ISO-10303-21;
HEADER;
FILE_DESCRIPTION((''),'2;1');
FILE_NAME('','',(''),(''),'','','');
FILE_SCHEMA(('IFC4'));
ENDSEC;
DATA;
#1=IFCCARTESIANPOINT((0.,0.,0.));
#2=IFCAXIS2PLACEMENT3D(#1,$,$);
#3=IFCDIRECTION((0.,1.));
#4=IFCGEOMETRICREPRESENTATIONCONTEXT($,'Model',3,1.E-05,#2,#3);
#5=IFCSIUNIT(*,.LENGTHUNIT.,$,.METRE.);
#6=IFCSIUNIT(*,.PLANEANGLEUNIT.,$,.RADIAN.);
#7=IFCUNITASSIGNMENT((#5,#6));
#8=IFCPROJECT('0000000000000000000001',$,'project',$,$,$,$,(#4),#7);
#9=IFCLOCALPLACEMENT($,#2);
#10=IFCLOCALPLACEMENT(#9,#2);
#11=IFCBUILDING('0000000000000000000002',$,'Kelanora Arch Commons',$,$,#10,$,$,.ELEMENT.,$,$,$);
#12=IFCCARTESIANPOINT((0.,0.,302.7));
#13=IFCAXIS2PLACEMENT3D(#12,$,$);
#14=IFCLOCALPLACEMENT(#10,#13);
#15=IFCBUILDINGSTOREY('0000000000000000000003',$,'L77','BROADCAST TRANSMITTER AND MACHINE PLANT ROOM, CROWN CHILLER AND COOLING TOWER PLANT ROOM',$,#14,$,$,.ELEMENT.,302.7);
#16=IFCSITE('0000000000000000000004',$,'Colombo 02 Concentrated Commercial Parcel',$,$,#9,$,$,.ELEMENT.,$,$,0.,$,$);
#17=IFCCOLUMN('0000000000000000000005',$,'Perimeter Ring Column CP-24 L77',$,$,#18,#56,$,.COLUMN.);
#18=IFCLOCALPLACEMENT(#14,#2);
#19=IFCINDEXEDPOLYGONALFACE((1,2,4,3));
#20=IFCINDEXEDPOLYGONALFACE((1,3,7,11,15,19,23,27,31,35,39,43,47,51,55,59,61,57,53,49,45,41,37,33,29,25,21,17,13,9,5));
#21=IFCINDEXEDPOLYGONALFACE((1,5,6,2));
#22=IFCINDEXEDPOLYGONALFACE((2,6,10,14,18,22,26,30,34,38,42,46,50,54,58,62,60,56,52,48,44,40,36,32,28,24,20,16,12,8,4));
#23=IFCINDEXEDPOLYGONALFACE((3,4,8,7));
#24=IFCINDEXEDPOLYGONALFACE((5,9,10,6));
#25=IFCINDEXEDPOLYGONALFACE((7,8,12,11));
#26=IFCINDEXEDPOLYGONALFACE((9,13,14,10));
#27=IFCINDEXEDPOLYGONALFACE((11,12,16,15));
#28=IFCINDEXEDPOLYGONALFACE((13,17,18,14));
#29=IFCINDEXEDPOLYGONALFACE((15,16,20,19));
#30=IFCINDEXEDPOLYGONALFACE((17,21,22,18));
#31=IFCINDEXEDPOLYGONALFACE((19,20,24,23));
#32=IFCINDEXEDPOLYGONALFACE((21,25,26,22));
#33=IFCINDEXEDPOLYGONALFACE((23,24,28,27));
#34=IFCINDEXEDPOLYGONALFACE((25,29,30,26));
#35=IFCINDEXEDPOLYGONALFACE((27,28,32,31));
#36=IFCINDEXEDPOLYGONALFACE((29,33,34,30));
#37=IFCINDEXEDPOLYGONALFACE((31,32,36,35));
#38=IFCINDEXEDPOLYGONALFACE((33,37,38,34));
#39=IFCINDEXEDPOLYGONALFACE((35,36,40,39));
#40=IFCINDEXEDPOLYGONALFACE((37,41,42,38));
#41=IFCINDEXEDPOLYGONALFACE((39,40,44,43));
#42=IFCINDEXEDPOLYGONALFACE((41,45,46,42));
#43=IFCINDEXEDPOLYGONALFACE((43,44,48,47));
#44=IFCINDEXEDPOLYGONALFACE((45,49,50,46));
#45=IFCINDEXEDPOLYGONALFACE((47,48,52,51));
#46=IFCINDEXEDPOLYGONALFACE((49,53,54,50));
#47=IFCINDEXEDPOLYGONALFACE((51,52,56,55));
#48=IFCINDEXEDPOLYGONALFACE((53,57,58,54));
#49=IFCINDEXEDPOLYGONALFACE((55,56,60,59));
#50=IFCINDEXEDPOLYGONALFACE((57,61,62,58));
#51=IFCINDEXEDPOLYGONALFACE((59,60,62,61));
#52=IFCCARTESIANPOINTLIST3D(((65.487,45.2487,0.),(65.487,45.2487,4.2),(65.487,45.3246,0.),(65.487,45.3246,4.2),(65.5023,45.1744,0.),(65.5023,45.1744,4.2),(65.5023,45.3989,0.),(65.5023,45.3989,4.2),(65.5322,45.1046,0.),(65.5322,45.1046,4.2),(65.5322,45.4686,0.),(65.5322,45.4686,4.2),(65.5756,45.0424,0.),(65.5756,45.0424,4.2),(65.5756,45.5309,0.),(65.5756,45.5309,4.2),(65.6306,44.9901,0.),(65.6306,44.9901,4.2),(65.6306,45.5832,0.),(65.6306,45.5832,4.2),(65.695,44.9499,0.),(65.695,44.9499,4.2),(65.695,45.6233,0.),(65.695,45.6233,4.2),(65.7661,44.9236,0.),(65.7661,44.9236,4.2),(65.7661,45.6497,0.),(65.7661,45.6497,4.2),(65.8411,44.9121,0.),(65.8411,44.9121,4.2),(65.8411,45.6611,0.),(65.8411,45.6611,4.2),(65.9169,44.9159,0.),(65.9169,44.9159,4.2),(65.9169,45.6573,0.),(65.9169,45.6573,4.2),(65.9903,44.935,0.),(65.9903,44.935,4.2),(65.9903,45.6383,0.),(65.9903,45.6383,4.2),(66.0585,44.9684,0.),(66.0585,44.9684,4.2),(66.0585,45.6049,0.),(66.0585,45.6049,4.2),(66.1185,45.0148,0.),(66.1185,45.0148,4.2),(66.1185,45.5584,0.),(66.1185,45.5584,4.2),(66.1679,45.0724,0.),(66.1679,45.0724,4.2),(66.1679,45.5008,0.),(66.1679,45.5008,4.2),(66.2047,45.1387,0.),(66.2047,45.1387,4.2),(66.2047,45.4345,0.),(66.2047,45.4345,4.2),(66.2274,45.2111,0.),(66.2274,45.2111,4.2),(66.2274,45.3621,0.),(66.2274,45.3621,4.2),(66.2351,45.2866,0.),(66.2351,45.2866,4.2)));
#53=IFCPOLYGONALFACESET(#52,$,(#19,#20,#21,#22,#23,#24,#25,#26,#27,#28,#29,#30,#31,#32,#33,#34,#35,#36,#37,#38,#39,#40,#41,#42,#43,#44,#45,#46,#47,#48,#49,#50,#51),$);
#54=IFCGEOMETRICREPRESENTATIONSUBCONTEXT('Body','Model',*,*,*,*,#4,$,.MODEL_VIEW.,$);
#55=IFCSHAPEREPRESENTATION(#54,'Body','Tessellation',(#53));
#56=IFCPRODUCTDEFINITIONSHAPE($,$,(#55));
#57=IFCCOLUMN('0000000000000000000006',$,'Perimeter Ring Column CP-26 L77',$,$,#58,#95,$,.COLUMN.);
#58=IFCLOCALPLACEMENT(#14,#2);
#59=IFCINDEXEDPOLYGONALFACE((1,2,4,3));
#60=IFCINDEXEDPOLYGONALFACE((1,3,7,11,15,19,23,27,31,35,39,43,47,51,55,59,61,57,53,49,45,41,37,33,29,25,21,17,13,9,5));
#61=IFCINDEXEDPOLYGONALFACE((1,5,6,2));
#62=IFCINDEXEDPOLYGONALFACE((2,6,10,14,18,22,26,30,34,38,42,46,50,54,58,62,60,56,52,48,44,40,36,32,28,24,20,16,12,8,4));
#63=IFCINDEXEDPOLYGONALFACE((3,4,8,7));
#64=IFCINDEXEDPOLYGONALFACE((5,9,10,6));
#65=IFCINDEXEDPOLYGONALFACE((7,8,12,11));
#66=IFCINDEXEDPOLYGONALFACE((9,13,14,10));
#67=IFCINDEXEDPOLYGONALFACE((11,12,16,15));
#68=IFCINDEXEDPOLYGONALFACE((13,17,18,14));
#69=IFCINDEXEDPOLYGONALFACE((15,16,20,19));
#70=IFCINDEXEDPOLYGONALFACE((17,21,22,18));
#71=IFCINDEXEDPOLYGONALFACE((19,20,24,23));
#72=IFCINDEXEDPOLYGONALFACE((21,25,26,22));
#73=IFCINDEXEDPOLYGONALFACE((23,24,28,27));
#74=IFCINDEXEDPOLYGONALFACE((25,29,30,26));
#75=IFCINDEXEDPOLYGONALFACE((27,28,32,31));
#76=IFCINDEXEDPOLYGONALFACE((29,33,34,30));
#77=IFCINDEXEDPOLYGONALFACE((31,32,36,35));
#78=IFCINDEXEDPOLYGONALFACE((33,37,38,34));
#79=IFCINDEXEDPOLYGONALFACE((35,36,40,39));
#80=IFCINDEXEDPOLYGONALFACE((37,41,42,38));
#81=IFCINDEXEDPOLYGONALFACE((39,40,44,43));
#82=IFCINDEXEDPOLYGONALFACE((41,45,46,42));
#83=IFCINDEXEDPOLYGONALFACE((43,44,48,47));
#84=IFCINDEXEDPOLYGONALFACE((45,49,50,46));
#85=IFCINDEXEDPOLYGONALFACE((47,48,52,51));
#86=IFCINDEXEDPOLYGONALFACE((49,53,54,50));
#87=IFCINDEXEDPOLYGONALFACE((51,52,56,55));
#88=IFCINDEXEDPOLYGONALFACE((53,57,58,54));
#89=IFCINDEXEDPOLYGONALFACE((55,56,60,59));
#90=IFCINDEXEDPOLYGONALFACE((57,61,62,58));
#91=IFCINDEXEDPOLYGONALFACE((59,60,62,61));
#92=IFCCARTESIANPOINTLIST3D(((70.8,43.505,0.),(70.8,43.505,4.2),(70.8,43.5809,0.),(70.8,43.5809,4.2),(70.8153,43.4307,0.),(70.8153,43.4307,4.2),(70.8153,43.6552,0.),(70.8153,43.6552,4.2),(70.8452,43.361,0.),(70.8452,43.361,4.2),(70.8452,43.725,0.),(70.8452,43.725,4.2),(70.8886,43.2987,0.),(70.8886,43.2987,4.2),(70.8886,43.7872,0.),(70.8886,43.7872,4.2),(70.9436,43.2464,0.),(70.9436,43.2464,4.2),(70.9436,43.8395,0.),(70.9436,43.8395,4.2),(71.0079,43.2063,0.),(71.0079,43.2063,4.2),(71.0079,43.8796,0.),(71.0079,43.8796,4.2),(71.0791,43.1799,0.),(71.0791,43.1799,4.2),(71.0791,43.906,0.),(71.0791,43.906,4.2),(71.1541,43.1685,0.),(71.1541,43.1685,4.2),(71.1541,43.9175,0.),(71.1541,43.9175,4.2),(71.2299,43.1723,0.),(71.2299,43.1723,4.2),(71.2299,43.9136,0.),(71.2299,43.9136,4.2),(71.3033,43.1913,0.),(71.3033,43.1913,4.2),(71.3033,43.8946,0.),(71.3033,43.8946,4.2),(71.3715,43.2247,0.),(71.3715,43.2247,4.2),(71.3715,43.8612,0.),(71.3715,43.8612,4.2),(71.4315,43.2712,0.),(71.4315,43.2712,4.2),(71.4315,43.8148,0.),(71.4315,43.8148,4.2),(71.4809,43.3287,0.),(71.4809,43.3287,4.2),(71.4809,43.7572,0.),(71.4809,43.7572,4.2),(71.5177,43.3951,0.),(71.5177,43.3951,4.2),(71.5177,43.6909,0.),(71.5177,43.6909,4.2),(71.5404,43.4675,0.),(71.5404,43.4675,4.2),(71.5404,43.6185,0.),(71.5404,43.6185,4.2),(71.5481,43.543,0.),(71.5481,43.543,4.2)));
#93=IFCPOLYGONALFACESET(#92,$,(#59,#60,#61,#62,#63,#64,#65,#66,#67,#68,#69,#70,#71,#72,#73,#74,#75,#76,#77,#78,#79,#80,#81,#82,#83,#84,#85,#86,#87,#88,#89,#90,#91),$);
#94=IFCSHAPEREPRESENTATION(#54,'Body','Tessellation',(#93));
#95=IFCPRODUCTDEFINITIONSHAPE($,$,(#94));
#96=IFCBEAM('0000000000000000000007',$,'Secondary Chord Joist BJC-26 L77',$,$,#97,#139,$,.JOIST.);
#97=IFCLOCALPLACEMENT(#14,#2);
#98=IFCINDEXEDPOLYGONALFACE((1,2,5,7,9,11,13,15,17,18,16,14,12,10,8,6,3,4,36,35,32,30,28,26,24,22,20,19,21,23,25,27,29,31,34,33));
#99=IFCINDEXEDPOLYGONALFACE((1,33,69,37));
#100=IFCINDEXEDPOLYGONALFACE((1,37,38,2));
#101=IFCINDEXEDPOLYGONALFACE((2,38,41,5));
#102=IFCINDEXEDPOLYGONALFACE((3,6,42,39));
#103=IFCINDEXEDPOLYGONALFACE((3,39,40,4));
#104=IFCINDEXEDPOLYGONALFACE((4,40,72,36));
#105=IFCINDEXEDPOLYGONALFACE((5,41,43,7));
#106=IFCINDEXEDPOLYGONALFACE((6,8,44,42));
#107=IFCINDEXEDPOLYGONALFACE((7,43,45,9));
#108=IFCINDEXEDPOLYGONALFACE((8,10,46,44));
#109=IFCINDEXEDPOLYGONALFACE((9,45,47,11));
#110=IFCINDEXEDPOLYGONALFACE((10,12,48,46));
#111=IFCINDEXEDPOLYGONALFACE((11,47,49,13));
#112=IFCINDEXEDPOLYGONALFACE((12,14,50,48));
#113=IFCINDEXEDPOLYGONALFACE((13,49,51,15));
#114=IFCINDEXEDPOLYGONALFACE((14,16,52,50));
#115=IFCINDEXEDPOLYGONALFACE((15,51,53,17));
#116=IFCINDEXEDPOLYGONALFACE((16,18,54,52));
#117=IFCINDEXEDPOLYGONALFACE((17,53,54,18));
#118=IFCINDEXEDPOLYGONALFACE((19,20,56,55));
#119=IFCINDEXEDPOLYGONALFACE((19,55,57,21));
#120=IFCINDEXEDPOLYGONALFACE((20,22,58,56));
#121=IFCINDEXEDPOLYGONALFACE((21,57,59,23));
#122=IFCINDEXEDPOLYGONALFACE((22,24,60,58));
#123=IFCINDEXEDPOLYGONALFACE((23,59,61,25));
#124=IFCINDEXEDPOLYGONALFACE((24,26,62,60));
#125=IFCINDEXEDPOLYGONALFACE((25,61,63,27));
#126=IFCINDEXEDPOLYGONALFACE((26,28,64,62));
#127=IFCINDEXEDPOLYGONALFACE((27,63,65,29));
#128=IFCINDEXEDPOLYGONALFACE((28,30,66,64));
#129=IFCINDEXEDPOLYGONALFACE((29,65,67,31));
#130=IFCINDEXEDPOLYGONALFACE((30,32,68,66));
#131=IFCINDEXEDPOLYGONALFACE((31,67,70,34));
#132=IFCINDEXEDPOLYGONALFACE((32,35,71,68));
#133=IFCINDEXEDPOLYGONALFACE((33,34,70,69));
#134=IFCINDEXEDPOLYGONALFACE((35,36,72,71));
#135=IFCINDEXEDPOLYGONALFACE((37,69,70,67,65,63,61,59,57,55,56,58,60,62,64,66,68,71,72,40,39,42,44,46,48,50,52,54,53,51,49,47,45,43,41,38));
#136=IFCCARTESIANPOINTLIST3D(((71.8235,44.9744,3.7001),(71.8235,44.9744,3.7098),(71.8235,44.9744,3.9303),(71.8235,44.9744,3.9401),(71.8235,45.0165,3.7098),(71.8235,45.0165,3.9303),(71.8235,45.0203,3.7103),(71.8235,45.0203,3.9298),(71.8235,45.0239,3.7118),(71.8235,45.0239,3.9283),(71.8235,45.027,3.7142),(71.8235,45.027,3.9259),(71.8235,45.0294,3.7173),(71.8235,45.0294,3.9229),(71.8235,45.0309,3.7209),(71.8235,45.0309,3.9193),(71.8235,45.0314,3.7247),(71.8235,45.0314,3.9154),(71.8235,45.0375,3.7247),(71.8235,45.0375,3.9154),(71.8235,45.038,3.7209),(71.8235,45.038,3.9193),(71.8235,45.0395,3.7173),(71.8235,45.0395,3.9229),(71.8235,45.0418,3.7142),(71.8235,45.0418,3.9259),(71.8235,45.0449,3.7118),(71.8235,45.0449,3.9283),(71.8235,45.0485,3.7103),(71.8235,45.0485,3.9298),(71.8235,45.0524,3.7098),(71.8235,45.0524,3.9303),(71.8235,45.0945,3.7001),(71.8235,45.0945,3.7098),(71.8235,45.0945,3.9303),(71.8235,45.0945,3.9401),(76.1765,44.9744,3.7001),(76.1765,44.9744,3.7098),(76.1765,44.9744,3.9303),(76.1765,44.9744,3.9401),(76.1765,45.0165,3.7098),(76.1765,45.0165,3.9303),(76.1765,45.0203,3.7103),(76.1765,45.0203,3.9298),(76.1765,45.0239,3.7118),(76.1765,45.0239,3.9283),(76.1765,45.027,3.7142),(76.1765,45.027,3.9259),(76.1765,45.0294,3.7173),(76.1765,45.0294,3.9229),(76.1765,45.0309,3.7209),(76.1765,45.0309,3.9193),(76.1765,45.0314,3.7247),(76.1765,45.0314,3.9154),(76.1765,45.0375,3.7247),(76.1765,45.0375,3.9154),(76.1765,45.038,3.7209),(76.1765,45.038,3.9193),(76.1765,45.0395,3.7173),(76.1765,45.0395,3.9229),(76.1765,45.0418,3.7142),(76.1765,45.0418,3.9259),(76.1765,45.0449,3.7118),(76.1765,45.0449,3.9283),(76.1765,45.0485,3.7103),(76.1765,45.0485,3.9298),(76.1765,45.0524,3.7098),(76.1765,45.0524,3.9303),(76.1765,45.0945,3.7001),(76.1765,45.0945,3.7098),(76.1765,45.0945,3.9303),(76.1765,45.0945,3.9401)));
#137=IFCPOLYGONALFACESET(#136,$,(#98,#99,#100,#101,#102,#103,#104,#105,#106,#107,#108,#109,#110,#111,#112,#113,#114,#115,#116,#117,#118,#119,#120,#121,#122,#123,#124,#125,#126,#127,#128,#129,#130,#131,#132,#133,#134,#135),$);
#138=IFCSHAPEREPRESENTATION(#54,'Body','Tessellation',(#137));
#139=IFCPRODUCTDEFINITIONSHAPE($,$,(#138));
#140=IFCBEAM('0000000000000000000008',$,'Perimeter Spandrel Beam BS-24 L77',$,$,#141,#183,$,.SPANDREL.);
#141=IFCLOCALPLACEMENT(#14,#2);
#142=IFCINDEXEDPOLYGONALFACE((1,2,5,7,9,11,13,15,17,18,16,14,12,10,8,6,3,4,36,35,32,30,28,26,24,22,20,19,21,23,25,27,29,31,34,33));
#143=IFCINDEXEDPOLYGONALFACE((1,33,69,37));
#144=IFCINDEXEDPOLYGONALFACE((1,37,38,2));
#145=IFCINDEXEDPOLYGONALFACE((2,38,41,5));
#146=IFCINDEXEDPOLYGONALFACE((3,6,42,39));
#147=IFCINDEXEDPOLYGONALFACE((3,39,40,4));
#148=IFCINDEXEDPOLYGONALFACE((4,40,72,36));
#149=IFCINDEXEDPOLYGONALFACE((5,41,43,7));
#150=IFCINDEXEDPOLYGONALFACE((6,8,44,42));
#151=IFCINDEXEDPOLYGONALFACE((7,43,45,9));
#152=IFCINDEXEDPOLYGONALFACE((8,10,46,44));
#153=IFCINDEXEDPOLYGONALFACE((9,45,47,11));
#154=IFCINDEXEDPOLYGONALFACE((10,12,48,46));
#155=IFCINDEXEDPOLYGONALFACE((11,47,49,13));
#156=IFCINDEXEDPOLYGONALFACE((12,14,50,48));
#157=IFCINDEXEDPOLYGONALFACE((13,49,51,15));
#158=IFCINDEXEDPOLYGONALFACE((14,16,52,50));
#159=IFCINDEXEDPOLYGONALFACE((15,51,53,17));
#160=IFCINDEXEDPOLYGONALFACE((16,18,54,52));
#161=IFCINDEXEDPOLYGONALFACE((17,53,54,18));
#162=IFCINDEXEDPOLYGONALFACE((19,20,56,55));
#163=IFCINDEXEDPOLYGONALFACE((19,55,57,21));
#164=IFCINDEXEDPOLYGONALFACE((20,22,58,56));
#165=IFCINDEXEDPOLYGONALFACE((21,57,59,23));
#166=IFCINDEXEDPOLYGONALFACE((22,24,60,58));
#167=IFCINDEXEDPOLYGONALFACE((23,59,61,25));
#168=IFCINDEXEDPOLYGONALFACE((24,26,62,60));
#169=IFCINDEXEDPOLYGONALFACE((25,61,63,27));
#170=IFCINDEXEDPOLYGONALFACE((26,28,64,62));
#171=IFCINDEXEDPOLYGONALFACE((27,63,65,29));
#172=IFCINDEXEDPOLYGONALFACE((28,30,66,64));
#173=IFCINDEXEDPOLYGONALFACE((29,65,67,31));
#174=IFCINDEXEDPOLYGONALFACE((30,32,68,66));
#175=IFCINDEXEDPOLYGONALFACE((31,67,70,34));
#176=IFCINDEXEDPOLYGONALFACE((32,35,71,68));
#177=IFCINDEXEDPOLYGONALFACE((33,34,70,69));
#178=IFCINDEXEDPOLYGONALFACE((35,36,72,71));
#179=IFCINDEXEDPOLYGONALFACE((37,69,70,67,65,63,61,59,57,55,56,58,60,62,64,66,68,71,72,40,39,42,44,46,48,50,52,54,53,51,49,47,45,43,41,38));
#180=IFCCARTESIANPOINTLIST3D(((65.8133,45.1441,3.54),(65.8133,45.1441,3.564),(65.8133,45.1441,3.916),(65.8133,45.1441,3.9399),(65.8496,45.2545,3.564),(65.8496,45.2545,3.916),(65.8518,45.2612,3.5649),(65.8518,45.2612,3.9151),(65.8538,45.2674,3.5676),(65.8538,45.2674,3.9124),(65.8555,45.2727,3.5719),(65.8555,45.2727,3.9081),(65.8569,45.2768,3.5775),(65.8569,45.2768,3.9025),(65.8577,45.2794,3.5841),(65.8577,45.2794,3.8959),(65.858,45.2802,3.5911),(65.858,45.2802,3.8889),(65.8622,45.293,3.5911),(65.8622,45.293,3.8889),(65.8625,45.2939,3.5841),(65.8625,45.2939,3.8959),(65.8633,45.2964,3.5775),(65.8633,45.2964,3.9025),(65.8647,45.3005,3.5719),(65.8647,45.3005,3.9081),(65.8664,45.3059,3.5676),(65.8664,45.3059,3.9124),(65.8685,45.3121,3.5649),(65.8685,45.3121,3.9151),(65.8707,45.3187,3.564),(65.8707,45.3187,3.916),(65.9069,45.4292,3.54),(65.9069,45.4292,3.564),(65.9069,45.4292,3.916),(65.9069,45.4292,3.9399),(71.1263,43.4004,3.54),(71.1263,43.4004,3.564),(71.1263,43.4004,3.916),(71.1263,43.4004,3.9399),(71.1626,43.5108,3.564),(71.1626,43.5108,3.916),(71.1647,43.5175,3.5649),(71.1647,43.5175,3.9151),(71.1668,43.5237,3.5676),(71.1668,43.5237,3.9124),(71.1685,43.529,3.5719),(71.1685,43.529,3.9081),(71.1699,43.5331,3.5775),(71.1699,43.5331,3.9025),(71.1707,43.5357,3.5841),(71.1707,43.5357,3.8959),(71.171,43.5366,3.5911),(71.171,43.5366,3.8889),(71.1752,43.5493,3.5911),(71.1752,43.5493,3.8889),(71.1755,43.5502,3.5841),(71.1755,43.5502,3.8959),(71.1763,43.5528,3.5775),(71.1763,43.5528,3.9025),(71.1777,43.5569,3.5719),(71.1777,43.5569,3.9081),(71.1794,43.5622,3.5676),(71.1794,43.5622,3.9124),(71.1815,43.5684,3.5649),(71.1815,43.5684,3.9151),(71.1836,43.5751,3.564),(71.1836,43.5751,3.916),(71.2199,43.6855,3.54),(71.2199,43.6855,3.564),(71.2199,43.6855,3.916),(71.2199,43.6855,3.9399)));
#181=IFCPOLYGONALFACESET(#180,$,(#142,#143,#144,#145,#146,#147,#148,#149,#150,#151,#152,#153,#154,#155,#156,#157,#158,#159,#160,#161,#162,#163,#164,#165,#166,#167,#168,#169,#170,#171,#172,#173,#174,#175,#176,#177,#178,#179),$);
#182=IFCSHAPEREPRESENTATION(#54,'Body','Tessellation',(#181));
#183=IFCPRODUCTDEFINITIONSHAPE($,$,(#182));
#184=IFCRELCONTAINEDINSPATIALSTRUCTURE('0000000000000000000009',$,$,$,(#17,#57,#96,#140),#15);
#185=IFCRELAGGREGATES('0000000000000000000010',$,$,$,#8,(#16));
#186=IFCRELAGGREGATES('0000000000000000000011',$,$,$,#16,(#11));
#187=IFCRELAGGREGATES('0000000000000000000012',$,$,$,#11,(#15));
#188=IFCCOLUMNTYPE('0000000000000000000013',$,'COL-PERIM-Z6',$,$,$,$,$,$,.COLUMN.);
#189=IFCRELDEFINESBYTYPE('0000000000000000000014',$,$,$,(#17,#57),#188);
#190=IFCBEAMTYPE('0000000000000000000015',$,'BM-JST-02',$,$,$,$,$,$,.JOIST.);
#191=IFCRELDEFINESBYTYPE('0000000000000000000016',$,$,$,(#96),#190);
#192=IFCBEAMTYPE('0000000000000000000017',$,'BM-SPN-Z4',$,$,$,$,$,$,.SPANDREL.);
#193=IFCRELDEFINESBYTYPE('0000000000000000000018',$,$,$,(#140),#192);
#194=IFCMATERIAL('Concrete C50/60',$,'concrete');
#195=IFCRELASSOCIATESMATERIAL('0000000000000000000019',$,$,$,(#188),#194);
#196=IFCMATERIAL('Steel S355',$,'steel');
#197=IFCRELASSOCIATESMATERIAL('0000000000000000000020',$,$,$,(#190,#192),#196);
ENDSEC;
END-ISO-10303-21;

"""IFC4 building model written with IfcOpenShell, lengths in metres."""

from ifc_helpers import new_model, si_unit, direction, frame, origin, origin_2d, place, context, subcontext, project, spatial, circle, i_section, extrude, material, material_profile, profile_set, type_object, element, save


model = new_model("IFC4")

# Units and contexts
model_context = context("Model", 3, precision=1e-05, world=origin(), true_north=direction((0.0, 1.0)))
body_context = subcontext(model_context, "Body", "Model", "MODEL_VIEW")
ifc_project = project(units=[si_unit("LENGTHUNIT", "METRE"), si_unit("PLANEANGLEUNIT", "RADIAN")], contexts=[model_context])

# Site, building, storey
site_placement = place(None, origin())
site = spatial("IfcSite", under=ifc_project, at=site_placement, Name="Colombo 02 Concentrated Commercial Parcel", CompositionType="ELEMENT", RefElevation=0.0)
building_placement = place(site_placement, origin())
building = spatial("IfcBuilding", under=site, at=building_placement, Name="Kelanora Arch Commons", CompositionType="ELEMENT")
storey_placement = place(building_placement, frame((0.0, 0.0, 302.7)))
storey = spatial("IfcBuildingStorey", under=building, at=storey_placement, Name="L77", Description="BROADCAST TRANSMITTER AND MACHINE PLANT ROOM, CROWN CHILLER AND COOLING TOWER PLANT ROOM", CompositionType="ELEMENT", Elevation=302.7)

# Columns
ifc_material_1 = material(Name="Concrete C50/60", Category="concrete")
ifc_material_profile_1 = material_profile(ifc_material_1, circle(Radius=0.375, at=origin_2d()), Name="RCC750")
ifc_profile_set_1 = profile_set([ifc_material_profile_1], Name="Concrete C50/60")
column_type = type_object("IfcColumnType", Name="COL-PERIM-Z6", PredefinedType="COLUMN", material=ifc_profile_set_1)
for number, where, z_axis, x_axis, name in (
    (1, (65.8601, 45.2866, 0.0), (0.0, 0.0, 1.0), (1.0, 0.0, 0.0), "Perimeter Ring Column CP-24 L77"),
    (2, (71.1731, 43.543, 0.0), (0.0, 0.0, 1.0), (1.0, 0.0, 0.0), "Perimeter Ring Column CP-26 L77"),
):
    element("IfcColumn", number, at=place(storey_placement, frame(where, z_axis=z_axis, x_axis=x_axis)), inside=storey, type_object=column_type, Name=name, PredefinedType="COLUMN", context=body_context, shape_type="SweptSolid", body=[
        extrude(circle(Radius=0.375, at=origin_2d()), origin(), (0.0, 0.0, 1.0), 4.2),
    ])

# Beams
ifc_material_2 = material(Name="Steel S355", Category="steel")
ifc_material_profile_2 = material_profile(ifc_material_2, i_section(OverallWidth=0.1201, OverallDepth=0.24, WebThickness=0.0061, FlangeThickness=0.0098, FilletRadius=0.0149, at=origin_2d()), Name="IPE240")
ifc_profile_set_2 = profile_set([ifc_material_profile_2], Name="Steel S355")
beam_type_1 = type_object("IfcBeamType", Name="BM-JST-02", PredefinedType="JOIST", material=ifc_profile_set_2)
beam_1_placement = place(storey_placement, frame((71.8235, 45.0344, 3.8201), z_axis=(1.0, 0.0, 0.0), x_axis=(0.0, 1.0, 0.0)))
element("IfcBeam", 3, at=beam_1_placement, inside=storey, type_object=beam_type_1, Name="Secondary Chord Joist BJC-26 L77", PredefinedType="JOIST", context=body_context, shape_type="SweptSolid", body=[
    extrude(i_section(OverallWidth=0.1201, OverallDepth=0.24, WebThickness=0.0061, FlangeThickness=0.0098, FilletRadius=0.0149, at=origin_2d()), origin(), (0.0, 0.0, 1.0), 4.353),
])
ifc_material_profile_3 = material_profile(ifc_material_2, i_section(OverallWidth=0.3, OverallDepth=0.3999, WebThickness=0.0134, FlangeThickness=0.0239, FilletRadius=0.0271, at=origin_2d()), Name="HEB400")
ifc_profile_set_3 = profile_set([ifc_material_profile_3], Name="Steel S355")
beam_type_2 = type_object("IfcBeamType", Name="BM-SPN-Z4", PredefinedType="SPANDREL", material=ifc_profile_set_3)
beam_2_placement = place(storey_placement, frame((65.8601, 45.2866, 3.74), z_axis=(0.95014, -0.311823, 0.0), x_axis=(0.311823, 0.95014, 0.0)))
element("IfcBeam", 4, at=beam_2_placement, inside=storey, type_object=beam_type_2, Name="Perimeter Spandrel Beam BS-24 L77", PredefinedType="SPANDREL", context=body_context, shape_type="SweptSolid", body=[
    extrude(i_section(OverallWidth=0.3, OverallDepth=0.3999, WebThickness=0.0134, FlangeThickness=0.0239, FilletRadius=0.0271, at=origin_2d()), origin(), (0.0, 0.0, 1.0), 5.5918),
])

save(model, "model.ifc")
